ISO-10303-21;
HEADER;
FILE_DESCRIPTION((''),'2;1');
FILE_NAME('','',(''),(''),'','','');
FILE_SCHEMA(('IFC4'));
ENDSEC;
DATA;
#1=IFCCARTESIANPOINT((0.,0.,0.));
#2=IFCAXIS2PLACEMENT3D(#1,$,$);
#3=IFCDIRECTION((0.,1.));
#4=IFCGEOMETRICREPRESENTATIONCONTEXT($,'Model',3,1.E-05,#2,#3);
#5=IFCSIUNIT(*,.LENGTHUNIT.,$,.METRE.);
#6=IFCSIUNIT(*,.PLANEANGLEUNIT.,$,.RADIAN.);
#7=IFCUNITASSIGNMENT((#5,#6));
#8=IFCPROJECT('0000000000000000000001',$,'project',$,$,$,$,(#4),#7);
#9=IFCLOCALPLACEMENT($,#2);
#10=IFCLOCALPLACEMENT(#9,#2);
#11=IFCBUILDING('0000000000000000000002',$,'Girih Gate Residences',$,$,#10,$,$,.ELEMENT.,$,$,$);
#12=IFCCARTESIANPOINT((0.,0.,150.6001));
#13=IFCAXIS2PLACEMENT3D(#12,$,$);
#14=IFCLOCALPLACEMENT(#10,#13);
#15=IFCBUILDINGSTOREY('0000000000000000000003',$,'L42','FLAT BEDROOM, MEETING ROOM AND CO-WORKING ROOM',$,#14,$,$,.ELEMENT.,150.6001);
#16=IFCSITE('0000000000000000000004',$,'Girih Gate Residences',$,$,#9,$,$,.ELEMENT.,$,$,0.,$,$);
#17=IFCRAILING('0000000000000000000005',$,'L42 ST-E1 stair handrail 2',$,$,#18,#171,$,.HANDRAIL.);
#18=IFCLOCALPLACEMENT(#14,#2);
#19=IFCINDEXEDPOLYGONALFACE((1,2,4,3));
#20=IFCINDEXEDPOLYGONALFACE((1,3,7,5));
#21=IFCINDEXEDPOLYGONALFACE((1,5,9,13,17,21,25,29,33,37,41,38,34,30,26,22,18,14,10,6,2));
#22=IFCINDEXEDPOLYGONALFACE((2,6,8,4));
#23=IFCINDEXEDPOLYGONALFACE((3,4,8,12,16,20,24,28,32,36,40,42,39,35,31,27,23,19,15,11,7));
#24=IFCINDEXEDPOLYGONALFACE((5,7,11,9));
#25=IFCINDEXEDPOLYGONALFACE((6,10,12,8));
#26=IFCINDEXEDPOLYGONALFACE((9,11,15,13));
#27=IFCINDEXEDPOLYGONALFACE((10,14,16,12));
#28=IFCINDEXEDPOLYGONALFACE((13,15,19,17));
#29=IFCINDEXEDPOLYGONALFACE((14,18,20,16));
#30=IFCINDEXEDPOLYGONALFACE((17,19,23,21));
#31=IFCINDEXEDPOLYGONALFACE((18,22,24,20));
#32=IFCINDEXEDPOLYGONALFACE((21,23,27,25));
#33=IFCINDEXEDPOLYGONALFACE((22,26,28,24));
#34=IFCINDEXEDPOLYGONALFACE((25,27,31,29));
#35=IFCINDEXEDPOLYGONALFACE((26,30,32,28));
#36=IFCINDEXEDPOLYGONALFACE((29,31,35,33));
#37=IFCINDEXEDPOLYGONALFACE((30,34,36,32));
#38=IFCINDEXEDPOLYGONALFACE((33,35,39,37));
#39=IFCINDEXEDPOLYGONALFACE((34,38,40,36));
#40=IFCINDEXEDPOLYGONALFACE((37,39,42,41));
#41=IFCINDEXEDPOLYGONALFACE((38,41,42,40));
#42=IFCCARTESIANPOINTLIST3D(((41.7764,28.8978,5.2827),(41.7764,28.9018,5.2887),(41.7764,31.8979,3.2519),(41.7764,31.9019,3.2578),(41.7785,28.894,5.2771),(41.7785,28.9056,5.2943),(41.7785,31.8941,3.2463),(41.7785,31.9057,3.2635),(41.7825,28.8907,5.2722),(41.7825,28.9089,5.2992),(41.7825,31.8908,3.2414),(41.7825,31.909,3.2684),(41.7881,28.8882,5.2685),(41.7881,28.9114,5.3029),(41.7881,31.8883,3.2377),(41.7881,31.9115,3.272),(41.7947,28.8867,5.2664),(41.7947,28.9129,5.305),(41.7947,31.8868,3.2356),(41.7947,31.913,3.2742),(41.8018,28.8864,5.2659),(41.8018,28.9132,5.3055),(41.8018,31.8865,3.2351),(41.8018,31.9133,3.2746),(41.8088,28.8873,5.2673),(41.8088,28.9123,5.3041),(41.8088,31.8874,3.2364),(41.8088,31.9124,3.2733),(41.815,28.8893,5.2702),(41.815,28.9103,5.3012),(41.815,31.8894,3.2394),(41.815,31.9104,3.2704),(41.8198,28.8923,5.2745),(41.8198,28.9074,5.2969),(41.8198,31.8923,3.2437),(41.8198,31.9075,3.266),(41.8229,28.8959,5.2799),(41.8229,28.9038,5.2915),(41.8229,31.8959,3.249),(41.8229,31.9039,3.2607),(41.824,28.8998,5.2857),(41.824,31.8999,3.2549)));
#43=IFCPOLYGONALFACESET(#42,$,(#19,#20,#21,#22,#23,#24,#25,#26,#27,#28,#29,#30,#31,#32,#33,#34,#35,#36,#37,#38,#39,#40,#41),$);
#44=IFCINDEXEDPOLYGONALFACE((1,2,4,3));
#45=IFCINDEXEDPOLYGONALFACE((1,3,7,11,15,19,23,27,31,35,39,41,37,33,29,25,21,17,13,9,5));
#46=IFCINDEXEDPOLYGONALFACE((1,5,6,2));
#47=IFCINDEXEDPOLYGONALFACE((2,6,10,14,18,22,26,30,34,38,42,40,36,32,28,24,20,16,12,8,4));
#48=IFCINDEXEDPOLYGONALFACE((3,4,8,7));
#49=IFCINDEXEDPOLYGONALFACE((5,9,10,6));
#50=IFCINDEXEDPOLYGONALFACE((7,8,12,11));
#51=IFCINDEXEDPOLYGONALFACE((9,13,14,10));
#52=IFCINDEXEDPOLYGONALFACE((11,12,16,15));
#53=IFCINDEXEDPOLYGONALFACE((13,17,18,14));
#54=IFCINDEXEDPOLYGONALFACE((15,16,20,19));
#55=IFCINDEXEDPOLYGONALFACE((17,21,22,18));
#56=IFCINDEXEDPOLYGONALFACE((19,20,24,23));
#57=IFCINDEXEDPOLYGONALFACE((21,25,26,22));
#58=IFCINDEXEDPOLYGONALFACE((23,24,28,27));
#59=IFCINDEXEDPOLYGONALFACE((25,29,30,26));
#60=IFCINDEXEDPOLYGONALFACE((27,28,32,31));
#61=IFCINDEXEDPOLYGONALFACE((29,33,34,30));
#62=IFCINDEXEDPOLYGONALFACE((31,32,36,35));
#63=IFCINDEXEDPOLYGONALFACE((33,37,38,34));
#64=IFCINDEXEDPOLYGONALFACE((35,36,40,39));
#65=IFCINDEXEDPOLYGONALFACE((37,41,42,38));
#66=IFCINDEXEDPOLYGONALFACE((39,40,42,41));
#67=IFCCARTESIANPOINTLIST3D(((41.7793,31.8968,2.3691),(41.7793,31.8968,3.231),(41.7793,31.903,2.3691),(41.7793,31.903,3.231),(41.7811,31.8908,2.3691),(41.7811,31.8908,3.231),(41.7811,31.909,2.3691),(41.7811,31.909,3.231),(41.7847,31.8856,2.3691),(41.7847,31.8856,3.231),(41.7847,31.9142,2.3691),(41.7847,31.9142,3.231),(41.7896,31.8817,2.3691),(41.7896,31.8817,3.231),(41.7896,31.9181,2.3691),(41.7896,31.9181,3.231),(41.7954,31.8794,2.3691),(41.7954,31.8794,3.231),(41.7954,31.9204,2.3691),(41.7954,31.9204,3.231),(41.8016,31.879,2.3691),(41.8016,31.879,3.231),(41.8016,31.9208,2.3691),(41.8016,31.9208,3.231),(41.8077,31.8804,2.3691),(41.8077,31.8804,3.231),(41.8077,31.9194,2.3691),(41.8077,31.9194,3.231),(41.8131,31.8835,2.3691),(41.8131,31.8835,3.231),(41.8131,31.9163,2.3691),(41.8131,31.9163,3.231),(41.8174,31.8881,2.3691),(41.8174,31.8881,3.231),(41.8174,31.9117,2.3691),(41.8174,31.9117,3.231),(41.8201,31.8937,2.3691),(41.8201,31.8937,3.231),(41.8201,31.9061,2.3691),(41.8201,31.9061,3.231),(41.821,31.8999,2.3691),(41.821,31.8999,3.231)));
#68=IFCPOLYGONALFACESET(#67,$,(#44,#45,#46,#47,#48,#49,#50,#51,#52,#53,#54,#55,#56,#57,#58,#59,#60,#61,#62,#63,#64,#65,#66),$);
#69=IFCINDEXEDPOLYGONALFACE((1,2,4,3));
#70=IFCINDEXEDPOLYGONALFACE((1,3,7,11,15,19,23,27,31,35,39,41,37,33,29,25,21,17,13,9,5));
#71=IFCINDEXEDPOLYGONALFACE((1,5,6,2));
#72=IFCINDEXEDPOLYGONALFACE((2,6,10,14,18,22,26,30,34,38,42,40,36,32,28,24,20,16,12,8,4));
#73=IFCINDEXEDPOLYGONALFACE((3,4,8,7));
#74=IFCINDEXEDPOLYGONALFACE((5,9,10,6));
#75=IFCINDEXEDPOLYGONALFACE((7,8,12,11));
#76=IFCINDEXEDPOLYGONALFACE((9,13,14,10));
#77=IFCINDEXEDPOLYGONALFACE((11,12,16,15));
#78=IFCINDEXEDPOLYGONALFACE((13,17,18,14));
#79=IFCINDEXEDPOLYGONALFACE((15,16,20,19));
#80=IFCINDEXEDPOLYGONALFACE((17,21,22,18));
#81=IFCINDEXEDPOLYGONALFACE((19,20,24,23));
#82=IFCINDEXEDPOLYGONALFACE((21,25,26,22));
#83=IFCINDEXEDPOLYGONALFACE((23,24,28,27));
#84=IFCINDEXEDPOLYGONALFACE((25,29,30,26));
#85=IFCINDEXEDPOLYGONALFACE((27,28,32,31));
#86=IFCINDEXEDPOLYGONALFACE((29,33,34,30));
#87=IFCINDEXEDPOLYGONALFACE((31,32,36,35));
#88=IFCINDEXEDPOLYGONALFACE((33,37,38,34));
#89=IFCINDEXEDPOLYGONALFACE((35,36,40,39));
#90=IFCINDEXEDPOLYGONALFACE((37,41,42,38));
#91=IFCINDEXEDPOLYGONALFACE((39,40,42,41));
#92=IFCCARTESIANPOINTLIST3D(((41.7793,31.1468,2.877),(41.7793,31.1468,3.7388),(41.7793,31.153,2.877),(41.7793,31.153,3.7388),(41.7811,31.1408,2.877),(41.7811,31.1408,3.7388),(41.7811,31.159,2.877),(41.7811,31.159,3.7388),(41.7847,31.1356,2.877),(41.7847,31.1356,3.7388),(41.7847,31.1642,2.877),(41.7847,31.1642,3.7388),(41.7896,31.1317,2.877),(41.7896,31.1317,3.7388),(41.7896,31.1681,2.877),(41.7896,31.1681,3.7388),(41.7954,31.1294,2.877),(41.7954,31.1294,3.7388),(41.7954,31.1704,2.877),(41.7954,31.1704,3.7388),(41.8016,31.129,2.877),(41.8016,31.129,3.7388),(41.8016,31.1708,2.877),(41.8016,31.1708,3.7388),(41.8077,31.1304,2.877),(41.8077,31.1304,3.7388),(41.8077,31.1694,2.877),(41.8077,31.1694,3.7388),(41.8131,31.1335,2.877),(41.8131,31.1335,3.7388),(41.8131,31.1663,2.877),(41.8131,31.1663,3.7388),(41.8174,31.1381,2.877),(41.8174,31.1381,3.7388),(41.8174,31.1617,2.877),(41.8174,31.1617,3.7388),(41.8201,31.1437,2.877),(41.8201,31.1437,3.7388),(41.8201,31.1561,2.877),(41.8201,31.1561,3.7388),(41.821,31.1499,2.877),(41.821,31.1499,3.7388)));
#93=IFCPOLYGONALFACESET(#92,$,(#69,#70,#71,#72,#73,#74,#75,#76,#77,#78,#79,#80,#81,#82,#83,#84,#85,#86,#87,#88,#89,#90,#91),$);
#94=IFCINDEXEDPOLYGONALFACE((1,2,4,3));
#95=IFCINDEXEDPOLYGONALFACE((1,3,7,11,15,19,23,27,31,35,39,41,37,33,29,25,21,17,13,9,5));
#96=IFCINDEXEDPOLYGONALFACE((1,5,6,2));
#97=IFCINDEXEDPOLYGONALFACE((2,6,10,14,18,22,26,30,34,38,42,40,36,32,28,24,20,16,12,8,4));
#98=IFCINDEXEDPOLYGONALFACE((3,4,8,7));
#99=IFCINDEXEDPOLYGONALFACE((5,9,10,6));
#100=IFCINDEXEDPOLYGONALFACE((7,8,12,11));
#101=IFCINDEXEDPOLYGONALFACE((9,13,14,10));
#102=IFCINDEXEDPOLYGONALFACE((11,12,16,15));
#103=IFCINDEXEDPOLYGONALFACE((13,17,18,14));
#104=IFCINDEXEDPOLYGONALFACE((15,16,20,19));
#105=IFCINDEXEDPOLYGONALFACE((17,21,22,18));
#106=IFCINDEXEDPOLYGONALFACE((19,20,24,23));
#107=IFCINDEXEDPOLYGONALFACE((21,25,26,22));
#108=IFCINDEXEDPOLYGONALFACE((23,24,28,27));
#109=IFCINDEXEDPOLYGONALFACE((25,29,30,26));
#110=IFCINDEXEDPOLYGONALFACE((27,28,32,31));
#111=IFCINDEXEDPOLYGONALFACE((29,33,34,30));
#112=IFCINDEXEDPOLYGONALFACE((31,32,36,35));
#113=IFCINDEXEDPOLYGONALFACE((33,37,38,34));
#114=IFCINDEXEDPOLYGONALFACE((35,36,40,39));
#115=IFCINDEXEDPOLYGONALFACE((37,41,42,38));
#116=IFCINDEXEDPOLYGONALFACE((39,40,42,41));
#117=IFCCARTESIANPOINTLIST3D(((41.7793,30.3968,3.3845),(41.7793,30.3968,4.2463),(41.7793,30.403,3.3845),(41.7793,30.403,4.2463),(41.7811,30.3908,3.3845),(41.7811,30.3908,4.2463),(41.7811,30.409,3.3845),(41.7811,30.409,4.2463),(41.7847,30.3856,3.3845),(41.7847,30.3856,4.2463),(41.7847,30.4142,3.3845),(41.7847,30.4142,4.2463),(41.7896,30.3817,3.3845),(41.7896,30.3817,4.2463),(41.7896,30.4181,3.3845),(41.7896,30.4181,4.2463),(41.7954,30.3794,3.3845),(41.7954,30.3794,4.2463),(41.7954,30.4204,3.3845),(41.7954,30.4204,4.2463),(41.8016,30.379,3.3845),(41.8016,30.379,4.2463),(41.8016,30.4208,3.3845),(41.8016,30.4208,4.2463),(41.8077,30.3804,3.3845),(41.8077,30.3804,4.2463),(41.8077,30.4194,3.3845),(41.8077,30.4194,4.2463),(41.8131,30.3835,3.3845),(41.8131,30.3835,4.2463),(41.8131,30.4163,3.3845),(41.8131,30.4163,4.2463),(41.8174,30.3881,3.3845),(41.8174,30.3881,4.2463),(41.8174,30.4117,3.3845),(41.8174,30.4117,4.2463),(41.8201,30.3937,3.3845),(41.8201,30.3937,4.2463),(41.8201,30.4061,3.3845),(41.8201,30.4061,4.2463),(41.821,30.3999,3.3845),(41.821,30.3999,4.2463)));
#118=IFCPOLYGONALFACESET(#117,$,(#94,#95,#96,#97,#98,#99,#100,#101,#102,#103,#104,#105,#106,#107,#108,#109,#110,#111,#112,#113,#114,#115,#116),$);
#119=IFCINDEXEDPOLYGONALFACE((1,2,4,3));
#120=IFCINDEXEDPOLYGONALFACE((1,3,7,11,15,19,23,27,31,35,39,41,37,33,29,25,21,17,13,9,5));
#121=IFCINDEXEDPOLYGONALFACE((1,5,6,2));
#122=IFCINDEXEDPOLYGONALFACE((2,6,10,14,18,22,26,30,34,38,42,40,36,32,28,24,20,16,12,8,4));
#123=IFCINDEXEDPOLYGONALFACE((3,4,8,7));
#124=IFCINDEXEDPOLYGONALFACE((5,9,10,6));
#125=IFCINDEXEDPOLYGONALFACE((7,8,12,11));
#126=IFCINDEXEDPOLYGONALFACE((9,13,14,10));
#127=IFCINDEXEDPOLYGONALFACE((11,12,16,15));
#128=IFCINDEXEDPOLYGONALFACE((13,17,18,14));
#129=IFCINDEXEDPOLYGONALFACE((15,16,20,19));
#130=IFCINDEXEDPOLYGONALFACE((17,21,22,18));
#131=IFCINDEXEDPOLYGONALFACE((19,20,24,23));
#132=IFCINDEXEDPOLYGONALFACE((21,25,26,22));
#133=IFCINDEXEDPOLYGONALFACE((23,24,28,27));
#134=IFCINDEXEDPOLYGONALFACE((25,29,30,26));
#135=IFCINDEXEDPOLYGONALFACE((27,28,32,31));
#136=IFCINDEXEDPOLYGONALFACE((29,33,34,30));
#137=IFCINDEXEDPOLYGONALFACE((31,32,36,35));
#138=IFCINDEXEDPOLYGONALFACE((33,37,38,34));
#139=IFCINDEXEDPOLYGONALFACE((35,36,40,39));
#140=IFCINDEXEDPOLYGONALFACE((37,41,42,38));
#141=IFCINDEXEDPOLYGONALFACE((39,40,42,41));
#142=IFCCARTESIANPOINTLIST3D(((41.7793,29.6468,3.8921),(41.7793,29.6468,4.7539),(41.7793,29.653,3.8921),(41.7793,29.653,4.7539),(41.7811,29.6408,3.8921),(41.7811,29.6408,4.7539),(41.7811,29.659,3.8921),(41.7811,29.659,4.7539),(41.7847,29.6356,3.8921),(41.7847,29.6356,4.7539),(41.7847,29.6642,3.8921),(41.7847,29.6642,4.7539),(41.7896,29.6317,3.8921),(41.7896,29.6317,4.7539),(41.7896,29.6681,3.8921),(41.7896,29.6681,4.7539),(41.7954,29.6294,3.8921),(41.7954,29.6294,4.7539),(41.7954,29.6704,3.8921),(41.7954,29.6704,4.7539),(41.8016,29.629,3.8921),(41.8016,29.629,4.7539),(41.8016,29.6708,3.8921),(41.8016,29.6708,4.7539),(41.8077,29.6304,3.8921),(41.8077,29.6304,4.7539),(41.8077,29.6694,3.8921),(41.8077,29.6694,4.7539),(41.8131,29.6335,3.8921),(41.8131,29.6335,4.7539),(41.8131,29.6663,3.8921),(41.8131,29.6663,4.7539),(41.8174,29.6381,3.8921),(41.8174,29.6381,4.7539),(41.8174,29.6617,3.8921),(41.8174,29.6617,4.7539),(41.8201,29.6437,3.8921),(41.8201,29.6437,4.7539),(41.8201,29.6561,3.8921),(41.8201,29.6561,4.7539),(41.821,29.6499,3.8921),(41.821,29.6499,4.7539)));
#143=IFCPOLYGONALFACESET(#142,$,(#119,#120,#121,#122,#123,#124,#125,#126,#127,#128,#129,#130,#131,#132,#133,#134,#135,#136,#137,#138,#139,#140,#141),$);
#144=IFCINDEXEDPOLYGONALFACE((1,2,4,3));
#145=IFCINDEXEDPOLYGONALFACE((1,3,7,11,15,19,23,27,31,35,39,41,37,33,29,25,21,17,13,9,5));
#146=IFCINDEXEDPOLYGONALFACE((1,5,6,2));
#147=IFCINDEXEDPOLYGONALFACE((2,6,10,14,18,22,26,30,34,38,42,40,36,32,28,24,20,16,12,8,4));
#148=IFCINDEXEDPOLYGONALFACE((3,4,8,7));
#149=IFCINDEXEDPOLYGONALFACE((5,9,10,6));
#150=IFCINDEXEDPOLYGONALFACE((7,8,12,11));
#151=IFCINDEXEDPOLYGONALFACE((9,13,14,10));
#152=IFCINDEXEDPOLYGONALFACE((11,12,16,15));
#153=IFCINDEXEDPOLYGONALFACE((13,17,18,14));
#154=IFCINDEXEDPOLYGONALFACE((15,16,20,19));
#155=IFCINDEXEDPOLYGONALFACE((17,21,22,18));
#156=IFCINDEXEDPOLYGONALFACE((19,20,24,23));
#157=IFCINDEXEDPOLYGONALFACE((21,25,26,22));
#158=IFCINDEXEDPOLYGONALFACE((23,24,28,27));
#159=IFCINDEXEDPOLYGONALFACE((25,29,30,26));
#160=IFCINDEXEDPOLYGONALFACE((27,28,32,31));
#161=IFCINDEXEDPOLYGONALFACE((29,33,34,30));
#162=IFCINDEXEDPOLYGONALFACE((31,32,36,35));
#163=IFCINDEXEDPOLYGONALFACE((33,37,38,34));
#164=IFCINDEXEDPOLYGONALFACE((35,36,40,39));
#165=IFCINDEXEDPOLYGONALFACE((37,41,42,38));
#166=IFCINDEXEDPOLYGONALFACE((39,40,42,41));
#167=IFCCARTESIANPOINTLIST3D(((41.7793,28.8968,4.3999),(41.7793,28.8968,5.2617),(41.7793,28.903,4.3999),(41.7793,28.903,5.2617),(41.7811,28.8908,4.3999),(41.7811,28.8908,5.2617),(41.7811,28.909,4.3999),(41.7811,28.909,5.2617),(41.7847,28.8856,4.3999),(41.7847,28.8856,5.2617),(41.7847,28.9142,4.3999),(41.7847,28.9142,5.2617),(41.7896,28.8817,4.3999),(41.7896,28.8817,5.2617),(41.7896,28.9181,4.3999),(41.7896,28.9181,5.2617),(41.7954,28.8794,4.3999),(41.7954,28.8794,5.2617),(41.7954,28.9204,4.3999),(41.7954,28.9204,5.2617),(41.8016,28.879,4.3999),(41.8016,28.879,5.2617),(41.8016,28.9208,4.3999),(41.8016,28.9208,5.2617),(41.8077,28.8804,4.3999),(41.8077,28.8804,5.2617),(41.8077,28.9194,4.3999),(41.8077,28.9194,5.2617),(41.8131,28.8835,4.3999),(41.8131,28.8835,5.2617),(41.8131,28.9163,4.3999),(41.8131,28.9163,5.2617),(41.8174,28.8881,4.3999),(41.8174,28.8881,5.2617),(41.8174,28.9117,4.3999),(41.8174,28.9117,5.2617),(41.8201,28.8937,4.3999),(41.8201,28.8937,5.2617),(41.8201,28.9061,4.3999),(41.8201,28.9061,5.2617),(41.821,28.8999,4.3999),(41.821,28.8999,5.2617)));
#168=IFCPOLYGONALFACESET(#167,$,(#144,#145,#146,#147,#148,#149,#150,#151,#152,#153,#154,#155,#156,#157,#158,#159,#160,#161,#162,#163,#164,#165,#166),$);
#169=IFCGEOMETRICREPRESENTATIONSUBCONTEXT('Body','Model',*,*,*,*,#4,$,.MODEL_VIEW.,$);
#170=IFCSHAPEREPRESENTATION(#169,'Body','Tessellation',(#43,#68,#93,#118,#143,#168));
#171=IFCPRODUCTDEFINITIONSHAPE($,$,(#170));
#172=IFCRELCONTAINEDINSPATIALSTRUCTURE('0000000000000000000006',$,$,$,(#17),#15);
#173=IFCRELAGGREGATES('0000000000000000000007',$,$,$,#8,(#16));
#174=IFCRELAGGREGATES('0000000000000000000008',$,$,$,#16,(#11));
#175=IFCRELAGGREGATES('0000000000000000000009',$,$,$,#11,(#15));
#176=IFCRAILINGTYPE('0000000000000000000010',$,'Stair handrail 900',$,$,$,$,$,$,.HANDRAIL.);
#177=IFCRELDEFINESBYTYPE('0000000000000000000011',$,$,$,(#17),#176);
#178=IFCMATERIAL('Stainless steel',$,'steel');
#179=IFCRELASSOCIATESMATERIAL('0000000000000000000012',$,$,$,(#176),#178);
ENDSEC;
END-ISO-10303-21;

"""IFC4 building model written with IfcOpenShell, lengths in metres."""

from ifc_helpers import new_model, si_unit, direction, frame, origin, origin_2d, place, context, subcontext, project, spatial, circle, extrude, material, type_object, element, save


model = new_model("IFC4")

# Units and contexts
model_context = context("Model", 3, precision=1e-05, world=origin(), true_north=direction((0.0, 1.0)))
body_context = subcontext(model_context, "Body", "Model", "MODEL_VIEW")
ifc_project = project(units=[si_unit("LENGTHUNIT", "METRE"), si_unit("PLANEANGLEUNIT", "RADIAN")], contexts=[model_context])

# Site, building, storey
site_placement = place(None, origin())
site = spatial("IfcSite", under=ifc_project, at=site_placement, Name="Girih Gate Residences", CompositionType="ELEMENT", RefElevation=0.0)
building_placement = place(site_placement, origin())
building = spatial("IfcBuilding", under=site, at=building_placement, Name="Girih Gate Residences", CompositionType="ELEMENT")
storey_placement = place(building_placement, frame((0.0, 0.0, 150.6001)))
storey = spatial("IfcBuildingStorey", under=building, at=storey_placement, Name="L42", Description="FLAT BEDROOM, MEETING ROOM AND CO-WORKING ROOM", CompositionType="ELEMENT", Elevation=150.6001)

# Railing
ifc_material_1 = material(Name="Stainless steel", Category="steel")
railing_type_1 = type_object("IfcRailingType", Name="Stair handrail 900", PredefinedType="HANDRAIL", material=ifc_material_1)
railing_1_placement = place(storey_placement, frame((41.8, 31.8999, 2.3691)))
element("IfcRailing", 1, at=railing_1_placement, inside=storey, type_object=railing_type_1, Name="L42 ST-E1 stair handrail 2", PredefinedType="HANDRAIL", context=body_context, shape_type="SweptSolid", body=[
    extrude(circle(Radius=0.0239, at=origin_2d()), frame((0.0, 0.0, 0.8857), z_axis=(0.0, -0.82811, 0.560565), x_axis=(1.0, 0.0, 0.0)), (0.0, 0.0, 1.0), 3.6228),
    extrude(circle(Radius=0.021, at=origin_2d()), origin(), (0.0, 0.0, 1.0), 0.8618),
    extrude(circle(Radius=0.021, at=origin_2d()), frame((0.0, -0.75, 0.5078)), (0.0, 0.0, 1.0), 0.8618),
    extrude(circle(Radius=0.021, at=origin_2d()), frame((0.0, -1.5, 1.0154)), (0.0, 0.0, 1.0), 0.8618),
    extrude(circle(Radius=0.021, at=origin_2d()), frame((0.0, -2.25, 1.5229)), (0.0, 0.0, 1.0), 0.8618),
    extrude(circle(Radius=0.021, at=origin_2d()), frame((0.0, -3.0, 2.0308)), (0.0, 0.0, 1.0), 0.8618),
])

save(model, "model.ifc")
